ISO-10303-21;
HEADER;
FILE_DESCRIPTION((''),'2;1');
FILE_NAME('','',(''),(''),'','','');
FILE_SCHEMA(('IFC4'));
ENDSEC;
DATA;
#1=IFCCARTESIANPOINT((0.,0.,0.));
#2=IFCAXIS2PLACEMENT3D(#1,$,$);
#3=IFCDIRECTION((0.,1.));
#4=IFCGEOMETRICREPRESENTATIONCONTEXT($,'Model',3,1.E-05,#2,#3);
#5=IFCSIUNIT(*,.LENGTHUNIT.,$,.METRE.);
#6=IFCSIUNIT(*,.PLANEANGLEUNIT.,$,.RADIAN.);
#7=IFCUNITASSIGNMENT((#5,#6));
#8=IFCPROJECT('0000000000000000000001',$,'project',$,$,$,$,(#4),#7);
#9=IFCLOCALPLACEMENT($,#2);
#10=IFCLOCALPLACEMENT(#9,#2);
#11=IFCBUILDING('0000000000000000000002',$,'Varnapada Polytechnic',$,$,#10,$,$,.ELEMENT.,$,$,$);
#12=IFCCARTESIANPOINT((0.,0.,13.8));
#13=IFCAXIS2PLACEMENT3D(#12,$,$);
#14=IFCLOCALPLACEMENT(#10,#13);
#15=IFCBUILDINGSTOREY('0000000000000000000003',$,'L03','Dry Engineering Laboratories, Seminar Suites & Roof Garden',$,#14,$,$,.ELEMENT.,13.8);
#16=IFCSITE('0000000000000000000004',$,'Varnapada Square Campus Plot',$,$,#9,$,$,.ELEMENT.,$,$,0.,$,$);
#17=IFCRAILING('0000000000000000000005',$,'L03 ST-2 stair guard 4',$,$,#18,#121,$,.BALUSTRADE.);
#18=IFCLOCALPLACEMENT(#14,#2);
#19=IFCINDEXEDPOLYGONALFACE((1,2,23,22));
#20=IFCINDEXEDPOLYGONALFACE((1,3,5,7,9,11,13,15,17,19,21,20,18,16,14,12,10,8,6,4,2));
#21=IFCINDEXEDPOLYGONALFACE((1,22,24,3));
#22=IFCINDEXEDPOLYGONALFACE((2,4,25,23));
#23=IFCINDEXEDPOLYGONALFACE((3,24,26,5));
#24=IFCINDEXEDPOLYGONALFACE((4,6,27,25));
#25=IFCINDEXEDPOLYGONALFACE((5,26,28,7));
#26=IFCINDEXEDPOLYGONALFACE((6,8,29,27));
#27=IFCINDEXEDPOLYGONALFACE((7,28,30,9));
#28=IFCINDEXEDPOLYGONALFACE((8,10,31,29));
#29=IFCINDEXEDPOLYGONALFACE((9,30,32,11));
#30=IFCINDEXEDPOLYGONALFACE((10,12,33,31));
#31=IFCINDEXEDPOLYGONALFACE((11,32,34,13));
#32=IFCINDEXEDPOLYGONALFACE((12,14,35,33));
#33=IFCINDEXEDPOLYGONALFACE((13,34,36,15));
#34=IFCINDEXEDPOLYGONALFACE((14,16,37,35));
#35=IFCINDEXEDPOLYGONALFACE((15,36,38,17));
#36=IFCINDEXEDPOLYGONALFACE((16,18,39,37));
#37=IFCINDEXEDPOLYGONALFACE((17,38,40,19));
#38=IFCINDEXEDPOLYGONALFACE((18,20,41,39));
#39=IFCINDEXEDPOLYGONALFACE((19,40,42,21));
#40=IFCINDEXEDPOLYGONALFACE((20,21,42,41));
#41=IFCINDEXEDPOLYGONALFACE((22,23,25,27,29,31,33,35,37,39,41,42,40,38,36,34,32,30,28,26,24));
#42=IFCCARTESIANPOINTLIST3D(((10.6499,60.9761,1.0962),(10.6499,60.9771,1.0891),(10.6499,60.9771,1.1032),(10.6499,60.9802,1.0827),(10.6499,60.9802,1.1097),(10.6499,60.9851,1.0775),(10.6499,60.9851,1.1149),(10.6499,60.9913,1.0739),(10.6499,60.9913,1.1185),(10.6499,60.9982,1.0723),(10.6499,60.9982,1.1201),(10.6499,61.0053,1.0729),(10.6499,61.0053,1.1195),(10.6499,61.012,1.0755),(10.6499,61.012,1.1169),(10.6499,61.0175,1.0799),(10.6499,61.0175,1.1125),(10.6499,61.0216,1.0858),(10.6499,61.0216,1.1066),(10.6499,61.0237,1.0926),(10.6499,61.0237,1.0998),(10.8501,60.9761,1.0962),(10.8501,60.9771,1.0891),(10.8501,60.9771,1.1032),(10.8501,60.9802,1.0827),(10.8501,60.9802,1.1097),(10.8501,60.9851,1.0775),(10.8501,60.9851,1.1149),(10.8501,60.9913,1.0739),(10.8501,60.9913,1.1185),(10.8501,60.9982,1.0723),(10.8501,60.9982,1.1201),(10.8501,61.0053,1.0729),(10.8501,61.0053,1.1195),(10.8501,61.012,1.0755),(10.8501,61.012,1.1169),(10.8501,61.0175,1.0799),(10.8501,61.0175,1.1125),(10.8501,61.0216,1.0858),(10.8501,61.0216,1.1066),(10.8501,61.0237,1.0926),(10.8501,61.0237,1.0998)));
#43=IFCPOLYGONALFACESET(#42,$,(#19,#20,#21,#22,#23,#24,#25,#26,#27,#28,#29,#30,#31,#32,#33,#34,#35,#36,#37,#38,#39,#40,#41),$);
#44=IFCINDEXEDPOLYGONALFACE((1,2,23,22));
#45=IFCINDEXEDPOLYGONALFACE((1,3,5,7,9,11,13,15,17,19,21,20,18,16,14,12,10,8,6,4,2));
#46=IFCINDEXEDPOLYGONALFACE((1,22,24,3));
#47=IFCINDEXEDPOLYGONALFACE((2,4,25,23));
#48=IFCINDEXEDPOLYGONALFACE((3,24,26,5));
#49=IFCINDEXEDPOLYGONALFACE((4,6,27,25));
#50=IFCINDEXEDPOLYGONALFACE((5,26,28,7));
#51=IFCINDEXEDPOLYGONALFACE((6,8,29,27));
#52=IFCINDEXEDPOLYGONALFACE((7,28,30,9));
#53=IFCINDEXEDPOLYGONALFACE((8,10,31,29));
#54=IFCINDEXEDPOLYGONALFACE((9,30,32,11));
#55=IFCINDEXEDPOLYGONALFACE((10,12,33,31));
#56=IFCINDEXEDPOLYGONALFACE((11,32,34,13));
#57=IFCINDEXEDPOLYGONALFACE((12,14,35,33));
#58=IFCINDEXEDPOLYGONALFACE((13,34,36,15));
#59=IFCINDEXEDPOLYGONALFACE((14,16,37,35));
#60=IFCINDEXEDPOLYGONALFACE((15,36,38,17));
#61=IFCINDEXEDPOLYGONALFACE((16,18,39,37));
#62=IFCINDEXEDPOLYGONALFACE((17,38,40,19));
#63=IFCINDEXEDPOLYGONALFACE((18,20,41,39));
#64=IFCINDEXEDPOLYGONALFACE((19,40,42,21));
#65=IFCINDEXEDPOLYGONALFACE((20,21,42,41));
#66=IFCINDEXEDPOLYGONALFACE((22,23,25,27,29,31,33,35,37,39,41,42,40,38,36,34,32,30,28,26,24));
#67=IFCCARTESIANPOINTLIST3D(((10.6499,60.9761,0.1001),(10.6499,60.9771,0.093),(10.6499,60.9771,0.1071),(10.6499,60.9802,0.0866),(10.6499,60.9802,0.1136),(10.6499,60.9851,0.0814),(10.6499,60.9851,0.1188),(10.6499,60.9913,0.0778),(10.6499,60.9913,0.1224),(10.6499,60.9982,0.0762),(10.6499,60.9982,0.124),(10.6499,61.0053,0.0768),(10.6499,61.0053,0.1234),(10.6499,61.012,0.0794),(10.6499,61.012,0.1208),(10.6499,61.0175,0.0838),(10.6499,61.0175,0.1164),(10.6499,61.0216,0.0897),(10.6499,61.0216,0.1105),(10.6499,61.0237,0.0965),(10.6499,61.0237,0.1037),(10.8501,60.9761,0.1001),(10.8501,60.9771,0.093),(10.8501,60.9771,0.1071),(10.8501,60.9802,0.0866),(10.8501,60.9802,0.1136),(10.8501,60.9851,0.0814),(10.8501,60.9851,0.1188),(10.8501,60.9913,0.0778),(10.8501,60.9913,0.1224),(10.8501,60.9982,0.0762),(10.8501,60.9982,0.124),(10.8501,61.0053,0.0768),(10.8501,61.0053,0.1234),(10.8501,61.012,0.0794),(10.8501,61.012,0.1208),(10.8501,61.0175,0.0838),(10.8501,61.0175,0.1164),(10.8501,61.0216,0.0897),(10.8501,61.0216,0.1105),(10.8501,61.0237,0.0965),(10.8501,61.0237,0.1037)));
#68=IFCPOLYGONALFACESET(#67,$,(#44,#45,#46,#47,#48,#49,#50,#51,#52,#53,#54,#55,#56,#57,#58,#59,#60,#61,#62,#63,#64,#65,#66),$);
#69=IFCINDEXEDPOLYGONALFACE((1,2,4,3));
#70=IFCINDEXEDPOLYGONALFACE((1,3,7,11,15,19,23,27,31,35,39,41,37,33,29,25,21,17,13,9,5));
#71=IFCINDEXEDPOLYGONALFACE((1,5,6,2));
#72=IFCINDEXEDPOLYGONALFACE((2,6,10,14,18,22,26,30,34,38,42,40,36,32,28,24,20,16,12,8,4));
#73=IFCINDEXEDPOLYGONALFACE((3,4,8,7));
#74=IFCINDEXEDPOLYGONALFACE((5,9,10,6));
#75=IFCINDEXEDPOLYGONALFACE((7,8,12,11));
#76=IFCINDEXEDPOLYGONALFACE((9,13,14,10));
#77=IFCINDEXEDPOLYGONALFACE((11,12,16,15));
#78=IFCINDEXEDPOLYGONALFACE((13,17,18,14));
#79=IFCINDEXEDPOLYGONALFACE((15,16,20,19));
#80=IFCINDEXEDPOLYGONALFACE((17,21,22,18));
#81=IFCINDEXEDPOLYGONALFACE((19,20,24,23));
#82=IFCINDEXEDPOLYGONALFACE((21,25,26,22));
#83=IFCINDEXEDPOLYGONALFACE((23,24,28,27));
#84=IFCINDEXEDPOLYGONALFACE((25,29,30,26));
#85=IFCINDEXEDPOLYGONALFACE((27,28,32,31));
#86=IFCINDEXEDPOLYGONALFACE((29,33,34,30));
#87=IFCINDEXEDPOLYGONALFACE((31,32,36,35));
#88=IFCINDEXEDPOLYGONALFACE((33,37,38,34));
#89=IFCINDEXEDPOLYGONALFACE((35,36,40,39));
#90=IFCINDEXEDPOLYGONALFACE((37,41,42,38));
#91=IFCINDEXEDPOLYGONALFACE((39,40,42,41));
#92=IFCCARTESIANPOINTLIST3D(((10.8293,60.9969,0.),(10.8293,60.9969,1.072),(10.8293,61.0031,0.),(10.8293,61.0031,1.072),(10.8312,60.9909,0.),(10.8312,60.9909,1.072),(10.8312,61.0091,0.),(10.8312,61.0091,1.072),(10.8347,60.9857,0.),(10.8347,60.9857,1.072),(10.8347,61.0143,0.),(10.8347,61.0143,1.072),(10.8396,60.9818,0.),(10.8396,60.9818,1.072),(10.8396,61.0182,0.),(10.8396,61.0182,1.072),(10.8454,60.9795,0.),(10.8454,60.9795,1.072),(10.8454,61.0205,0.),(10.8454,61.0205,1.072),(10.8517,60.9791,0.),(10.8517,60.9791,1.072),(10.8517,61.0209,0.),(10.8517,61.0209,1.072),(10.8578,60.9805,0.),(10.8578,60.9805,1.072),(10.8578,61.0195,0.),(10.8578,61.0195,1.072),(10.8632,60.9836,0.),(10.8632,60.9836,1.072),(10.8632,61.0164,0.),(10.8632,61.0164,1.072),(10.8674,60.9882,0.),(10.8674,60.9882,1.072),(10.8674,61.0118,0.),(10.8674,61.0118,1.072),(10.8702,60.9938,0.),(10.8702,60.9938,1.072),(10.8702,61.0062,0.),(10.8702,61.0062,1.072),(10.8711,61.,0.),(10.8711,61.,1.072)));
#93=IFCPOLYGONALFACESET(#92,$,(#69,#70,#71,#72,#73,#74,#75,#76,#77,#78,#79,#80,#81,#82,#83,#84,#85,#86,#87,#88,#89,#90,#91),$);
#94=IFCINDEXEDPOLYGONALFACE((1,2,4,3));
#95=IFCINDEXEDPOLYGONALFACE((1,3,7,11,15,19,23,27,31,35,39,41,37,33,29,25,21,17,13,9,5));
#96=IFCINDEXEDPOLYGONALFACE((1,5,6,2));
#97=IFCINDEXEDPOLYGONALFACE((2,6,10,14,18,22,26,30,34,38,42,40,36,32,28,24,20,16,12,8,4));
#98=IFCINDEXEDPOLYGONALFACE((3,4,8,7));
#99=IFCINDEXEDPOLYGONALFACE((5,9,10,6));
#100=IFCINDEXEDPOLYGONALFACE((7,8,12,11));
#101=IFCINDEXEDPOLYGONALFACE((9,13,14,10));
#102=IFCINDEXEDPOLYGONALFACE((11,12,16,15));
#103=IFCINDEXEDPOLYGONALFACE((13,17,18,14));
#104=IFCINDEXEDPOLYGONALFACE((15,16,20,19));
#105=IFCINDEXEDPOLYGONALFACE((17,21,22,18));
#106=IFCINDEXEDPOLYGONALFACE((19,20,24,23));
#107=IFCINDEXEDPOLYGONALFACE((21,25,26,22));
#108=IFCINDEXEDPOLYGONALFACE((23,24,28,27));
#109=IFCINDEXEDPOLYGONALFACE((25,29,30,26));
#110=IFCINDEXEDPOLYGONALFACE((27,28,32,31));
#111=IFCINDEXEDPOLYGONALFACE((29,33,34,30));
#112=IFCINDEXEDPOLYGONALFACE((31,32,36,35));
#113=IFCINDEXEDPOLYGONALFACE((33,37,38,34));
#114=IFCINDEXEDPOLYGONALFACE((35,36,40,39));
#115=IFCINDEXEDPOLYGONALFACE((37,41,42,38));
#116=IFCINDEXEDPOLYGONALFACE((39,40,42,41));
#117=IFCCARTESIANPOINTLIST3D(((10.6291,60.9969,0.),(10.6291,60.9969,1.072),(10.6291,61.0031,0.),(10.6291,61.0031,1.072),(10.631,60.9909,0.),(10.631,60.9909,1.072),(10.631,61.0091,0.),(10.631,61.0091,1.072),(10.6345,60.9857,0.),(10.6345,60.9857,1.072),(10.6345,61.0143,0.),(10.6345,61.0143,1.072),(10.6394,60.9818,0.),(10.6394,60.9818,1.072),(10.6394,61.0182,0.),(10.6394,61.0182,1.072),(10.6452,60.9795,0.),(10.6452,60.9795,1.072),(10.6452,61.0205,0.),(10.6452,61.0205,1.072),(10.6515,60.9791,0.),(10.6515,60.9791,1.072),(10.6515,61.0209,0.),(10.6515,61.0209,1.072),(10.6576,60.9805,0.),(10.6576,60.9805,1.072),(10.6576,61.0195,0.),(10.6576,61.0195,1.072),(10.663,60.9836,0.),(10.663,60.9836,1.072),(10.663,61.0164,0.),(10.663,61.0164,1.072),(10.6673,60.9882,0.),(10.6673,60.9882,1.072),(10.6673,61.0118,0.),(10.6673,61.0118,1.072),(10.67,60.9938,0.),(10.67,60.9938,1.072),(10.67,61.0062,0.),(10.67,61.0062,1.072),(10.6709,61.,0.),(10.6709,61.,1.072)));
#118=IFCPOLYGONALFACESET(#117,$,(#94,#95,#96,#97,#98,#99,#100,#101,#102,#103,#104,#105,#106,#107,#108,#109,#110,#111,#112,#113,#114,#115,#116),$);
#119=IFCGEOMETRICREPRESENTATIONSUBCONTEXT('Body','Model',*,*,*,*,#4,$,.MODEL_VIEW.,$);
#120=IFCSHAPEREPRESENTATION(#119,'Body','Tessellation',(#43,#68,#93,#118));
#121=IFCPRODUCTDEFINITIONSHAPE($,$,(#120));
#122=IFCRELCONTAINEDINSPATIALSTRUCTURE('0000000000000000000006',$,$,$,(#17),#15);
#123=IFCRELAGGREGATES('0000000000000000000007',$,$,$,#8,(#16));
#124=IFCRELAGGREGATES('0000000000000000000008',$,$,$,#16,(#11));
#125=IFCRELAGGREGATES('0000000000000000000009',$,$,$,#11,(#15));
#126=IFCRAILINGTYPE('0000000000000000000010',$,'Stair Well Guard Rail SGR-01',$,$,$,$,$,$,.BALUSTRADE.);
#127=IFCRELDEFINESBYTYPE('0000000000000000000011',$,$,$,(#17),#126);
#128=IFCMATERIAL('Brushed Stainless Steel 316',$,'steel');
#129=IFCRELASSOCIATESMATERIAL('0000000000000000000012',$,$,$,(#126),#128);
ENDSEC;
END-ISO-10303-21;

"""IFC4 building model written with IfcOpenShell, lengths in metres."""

from ifc_helpers import new_model, si_unit, direction, frame, origin, origin_2d, place, context, subcontext, project, spatial, circle, extrude, material, type_object, element, save


model = new_model("IFC4")

# Units and contexts
model_context = context("Model", 3, precision=1e-05, world=origin(), true_north=direction((0.0, 1.0)))
body_context = subcontext(model_context, "Body", "Model", "MODEL_VIEW")
ifc_project = project(units=[si_unit("LENGTHUNIT", "METRE"), si_unit("PLANEANGLEUNIT", "RADIAN")], contexts=[model_context])

# Site, building, storey
site_placement = place(None, origin())
site = spatial("IfcSite", under=ifc_project, at=site_placement, Name="Varnapada Square Campus Plot", CompositionType="ELEMENT", RefElevation=0.0)
building_placement = place(site_placement, origin())
building = spatial("IfcBuilding", under=site, at=building_placement, Name="Varnapada Polytechnic", CompositionType="ELEMENT")
storey_placement = place(building_placement, frame((0.0, 0.0, 13.8)))
storey = spatial("IfcBuildingStorey", under=building, at=storey_placement, Name="L03", Description="Dry Engineering Laboratories, Seminar Suites & Roof Garden", CompositionType="ELEMENT", Elevation=13.8)

# Shared definitions
ifc_material_1 = material(Name="Brushed Stainless Steel 316", Category="steel")

# Railing
railing_type_1 = type_object("IfcRailingType", Name="Stair Well Guard Rail SGR-01", PredefinedType="BALUSTRADE", material=ifc_material_1)
railing_1_placement = place(storey_placement, frame((10.8501, 61.0, 0.0)))
element("IfcRailing", 1, at=railing_1_placement, inside=storey, type_object=railing_type_1, Name="L03 ST-2 stair guard 4", PredefinedType="BALUSTRADE", context=body_context, shape_type="SweptSolid", body=[
    extrude(circle(Radius=0.0239, at=origin_2d()), frame((0.0, 0.0, 1.0962), z_axis=(-1.0, 0.0, 0.0), x_axis=(0.0, -1.0, 0.0)), (0.0, 0.0, 1.0), 0.2002),
    extrude(circle(Radius=0.0239, at=origin_2d()), frame((0.0, 0.0, 0.1001), z_axis=(-1.0, 0.0, 0.0), x_axis=(0.0, -1.0, 0.0)), (0.0, 0.0, 1.0), 0.2002),
    extrude(circle(Radius=0.021, at=origin_2d()), origin(), (0.0, 0.0, 1.0), 1.072),
    extrude(circle(Radius=0.021, at=origin_2d()), frame((-0.2002, 0.0, 0.0)), (0.0, 0.0, 1.0), 1.072),
])

save(model, "model.ifc")
